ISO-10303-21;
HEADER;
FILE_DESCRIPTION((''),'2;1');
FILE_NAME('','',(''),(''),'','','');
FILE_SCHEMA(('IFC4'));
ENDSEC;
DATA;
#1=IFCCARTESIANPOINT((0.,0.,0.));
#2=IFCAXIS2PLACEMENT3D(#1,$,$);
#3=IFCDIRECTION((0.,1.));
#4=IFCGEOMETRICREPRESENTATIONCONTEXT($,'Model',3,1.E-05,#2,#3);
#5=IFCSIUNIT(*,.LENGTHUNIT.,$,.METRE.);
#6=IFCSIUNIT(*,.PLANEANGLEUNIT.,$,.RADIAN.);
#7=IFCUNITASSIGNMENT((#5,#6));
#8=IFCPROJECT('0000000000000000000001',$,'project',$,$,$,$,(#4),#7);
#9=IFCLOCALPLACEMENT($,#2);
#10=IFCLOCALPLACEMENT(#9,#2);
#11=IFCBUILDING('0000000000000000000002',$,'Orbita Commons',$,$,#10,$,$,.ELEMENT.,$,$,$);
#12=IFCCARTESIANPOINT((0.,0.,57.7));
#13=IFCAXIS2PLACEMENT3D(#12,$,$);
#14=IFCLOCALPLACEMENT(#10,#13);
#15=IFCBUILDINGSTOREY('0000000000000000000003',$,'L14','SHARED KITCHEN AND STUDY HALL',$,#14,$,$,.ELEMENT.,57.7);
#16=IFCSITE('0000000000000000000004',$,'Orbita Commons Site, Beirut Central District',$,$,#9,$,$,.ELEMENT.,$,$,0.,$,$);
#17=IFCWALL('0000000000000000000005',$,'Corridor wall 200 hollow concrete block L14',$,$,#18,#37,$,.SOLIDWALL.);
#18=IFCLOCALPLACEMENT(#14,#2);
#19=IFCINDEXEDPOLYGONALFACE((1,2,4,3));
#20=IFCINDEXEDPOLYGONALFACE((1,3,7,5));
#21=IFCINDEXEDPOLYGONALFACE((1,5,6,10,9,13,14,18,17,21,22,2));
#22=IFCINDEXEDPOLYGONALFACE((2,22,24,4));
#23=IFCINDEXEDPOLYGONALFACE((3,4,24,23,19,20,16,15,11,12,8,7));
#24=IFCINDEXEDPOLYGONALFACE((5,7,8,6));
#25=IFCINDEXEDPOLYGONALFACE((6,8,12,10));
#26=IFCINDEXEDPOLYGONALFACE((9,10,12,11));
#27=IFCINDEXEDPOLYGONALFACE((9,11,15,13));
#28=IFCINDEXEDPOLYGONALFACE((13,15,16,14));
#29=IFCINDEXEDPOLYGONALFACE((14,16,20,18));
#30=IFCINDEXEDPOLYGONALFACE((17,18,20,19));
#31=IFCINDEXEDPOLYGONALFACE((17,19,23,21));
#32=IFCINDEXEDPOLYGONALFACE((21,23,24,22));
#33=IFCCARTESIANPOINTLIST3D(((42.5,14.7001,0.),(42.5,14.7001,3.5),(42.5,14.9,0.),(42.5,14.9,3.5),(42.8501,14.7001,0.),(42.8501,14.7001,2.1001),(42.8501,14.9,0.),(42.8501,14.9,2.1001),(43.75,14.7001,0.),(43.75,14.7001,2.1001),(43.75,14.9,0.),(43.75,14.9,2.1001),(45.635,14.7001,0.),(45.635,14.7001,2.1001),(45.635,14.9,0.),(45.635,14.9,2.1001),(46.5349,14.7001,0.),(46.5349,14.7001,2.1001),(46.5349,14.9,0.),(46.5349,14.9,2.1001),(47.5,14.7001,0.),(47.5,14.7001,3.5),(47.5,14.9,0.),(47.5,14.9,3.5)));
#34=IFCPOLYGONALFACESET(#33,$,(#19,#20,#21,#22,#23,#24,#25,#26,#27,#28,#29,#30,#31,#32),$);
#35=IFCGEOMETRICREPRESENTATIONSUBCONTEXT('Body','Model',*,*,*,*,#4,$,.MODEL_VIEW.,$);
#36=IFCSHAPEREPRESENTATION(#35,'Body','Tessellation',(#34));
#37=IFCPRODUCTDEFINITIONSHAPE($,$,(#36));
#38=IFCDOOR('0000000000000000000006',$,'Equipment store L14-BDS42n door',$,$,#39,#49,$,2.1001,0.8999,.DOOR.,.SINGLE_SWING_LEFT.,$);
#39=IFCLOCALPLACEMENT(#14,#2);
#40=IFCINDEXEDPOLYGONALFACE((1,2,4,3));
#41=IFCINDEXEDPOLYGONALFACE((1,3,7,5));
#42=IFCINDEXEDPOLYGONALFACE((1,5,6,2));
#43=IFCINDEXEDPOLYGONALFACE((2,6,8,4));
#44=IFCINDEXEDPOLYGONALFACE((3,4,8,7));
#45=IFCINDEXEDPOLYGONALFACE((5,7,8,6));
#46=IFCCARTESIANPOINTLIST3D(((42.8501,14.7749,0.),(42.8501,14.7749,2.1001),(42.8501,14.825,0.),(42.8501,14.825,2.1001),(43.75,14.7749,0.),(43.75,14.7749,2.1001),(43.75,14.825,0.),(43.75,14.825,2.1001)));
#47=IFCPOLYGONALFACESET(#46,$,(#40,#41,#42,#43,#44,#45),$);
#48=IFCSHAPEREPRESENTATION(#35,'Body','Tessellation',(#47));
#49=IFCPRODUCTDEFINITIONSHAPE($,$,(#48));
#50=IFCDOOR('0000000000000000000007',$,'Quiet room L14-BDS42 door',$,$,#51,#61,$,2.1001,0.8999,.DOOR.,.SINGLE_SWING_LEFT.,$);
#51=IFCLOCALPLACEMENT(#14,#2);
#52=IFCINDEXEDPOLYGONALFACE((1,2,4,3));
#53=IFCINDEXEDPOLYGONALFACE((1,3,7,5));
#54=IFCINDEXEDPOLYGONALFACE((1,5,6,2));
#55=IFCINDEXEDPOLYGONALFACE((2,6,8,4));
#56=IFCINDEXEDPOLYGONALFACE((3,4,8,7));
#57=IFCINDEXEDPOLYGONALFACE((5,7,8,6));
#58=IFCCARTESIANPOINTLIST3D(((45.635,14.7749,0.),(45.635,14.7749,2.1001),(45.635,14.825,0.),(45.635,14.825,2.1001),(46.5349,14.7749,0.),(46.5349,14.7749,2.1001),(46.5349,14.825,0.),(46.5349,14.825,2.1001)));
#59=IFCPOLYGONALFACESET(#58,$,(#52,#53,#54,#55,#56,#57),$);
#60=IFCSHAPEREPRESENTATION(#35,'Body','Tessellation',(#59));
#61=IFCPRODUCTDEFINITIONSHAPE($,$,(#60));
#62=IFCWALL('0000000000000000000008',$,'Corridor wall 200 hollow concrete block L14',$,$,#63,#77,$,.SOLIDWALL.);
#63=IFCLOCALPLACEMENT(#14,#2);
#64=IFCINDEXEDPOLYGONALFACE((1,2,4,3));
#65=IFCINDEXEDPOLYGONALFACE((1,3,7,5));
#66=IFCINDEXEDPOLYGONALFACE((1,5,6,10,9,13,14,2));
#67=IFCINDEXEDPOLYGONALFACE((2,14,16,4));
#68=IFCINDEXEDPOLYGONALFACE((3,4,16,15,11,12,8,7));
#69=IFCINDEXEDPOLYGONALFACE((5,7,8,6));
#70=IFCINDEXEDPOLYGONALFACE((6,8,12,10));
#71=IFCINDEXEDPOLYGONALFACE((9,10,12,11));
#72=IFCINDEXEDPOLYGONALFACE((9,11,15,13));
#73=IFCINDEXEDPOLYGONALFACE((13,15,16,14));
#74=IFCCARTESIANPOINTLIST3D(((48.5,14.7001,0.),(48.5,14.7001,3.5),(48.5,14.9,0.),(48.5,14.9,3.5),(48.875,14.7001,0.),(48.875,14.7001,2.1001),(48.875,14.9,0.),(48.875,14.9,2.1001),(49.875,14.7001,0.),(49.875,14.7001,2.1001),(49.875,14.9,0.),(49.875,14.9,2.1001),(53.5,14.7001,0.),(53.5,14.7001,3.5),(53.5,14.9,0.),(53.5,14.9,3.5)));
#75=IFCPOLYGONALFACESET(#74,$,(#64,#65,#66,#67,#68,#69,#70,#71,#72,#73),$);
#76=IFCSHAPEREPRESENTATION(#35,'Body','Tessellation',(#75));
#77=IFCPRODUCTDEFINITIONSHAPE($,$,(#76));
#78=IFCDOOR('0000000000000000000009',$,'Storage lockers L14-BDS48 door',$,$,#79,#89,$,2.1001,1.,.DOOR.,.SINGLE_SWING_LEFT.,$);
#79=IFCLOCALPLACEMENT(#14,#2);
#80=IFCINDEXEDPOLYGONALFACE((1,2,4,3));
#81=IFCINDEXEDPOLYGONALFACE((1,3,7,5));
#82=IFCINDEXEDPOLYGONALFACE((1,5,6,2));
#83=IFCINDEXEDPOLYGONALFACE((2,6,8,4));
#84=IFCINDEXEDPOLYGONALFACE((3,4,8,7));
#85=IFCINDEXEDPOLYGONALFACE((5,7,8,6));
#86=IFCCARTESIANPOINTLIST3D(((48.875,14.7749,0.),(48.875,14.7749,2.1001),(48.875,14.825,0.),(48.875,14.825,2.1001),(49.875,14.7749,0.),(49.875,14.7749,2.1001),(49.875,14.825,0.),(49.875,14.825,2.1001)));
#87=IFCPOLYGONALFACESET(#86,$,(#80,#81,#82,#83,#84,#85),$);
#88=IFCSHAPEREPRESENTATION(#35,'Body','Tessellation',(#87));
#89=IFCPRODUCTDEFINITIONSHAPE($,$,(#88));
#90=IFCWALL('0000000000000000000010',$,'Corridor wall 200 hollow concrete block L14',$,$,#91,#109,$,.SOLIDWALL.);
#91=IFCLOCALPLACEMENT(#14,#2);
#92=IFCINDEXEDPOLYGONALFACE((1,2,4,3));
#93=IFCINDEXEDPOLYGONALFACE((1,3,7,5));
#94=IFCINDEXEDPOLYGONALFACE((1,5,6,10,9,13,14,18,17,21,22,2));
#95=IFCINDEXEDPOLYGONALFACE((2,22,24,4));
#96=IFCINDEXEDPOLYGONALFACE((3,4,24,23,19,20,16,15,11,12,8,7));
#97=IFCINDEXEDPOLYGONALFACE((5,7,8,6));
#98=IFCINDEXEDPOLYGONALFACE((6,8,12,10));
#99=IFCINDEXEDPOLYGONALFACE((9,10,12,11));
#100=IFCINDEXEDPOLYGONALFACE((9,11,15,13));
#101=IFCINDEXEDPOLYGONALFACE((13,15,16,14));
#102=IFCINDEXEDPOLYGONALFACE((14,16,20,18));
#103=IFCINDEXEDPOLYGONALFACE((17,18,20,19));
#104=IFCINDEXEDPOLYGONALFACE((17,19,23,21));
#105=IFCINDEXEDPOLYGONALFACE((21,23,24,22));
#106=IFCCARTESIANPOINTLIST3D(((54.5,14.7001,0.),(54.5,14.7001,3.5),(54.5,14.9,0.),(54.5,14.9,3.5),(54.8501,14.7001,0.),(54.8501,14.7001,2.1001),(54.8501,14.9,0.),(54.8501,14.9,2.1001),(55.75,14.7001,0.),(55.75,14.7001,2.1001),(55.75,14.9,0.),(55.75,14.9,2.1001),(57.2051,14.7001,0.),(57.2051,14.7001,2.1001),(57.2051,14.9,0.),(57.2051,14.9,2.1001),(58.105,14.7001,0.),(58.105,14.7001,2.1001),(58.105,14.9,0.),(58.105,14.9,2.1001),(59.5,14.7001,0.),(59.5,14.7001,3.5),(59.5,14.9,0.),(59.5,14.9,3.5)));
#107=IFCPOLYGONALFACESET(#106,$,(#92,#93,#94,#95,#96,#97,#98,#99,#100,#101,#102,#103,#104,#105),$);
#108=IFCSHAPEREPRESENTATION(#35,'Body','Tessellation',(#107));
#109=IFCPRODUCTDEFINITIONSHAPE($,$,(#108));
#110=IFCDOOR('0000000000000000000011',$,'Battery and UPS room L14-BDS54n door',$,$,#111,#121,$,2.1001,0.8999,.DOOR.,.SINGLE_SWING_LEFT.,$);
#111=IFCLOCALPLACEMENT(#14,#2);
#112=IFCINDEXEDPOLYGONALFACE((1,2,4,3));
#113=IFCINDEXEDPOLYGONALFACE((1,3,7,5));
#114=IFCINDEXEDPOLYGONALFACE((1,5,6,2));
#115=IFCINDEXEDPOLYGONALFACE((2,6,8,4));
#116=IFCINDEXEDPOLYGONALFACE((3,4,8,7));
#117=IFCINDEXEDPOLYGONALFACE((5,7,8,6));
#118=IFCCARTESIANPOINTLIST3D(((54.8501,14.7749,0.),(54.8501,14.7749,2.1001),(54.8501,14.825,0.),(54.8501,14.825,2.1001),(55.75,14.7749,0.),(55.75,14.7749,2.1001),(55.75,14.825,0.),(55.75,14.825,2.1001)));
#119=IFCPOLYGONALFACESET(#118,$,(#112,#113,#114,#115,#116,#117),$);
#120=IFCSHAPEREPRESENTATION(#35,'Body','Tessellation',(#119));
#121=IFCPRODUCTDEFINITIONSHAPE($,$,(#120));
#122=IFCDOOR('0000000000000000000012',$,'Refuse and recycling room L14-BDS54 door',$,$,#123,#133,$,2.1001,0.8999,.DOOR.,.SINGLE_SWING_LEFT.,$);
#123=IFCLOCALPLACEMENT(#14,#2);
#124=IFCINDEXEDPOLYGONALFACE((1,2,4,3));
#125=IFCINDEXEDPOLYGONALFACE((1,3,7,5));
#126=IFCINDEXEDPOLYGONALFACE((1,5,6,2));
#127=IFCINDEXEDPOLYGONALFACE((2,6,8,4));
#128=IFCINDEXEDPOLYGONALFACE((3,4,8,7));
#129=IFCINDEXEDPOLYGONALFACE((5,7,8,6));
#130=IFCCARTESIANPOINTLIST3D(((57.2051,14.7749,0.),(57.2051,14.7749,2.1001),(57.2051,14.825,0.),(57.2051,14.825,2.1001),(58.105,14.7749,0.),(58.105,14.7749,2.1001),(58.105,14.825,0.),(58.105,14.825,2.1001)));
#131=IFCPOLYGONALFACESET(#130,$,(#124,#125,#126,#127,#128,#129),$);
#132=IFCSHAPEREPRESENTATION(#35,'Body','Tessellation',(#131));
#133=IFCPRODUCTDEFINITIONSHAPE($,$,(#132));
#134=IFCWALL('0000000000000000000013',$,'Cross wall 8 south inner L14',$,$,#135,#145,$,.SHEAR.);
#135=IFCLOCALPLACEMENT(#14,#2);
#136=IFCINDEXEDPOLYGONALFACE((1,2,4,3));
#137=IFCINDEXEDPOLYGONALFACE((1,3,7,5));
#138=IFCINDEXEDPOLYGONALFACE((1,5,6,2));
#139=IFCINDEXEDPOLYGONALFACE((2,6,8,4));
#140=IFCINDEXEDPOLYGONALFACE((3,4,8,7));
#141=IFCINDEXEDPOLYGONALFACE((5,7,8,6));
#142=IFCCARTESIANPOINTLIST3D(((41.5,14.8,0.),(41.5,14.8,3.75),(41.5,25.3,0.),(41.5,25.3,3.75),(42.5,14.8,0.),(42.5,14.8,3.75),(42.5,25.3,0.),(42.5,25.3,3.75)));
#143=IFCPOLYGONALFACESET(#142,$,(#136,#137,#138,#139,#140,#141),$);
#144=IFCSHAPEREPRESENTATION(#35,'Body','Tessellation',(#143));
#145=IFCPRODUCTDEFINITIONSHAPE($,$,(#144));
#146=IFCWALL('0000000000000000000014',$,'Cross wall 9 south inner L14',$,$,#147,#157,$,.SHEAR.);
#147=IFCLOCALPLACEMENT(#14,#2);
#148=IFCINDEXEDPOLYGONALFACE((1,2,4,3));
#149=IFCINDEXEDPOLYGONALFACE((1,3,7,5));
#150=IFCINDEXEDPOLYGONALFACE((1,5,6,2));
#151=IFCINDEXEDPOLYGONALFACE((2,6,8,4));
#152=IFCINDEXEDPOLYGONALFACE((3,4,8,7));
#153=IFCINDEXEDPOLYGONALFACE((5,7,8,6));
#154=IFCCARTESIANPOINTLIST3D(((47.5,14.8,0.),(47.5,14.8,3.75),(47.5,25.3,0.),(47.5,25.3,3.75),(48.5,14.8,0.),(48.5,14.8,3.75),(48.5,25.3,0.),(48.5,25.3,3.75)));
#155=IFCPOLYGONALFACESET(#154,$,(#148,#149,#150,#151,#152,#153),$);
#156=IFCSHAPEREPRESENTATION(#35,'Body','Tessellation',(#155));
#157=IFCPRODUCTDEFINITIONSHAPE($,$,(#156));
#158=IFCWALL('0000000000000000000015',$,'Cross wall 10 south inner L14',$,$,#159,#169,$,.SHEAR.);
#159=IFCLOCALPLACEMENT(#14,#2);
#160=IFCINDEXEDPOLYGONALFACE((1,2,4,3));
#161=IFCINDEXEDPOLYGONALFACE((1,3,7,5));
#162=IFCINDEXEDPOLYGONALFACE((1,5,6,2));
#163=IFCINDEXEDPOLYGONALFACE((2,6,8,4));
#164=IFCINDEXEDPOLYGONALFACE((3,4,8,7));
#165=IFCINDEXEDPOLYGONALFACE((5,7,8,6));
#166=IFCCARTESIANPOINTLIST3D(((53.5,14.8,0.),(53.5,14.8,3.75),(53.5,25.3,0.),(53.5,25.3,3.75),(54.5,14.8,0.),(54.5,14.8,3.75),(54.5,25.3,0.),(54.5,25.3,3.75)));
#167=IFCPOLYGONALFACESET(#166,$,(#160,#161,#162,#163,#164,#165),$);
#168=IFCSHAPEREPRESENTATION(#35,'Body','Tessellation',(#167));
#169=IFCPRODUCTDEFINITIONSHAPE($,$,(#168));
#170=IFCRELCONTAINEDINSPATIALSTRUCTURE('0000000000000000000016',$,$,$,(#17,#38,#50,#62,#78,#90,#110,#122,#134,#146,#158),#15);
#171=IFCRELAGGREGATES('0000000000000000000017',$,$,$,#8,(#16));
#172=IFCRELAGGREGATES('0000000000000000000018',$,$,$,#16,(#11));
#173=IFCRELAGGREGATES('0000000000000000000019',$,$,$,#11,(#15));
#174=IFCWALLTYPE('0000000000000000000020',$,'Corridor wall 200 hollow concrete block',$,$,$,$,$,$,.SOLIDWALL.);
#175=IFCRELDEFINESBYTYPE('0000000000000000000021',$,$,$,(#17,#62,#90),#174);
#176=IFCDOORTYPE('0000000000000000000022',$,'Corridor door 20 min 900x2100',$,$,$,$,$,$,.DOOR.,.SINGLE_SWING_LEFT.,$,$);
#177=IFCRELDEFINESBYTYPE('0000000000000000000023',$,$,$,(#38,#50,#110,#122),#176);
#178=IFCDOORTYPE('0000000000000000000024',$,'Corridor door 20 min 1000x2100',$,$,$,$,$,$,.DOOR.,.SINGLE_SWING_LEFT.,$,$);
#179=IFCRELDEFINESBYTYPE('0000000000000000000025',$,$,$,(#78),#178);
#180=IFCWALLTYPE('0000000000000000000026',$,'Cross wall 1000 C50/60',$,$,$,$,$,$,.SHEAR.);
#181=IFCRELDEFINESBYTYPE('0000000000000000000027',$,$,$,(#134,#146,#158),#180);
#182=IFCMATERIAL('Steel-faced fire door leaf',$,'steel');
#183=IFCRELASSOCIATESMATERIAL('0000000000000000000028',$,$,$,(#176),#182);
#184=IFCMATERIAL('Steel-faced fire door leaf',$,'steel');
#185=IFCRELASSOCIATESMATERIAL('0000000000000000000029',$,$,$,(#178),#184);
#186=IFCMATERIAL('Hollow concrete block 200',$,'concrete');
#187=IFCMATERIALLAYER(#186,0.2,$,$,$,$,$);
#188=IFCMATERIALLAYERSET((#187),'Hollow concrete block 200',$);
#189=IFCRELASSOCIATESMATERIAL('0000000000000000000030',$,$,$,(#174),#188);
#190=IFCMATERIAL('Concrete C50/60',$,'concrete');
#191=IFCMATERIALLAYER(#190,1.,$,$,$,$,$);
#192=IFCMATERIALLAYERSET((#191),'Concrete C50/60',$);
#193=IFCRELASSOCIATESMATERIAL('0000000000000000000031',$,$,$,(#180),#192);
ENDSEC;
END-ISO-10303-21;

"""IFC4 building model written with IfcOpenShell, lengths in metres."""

from ifc_helpers import new_model, si_unit, direction, frame, frame_2d, origin, place, context, subcontext, project, spatial, rectangle, extrude, material, layer, layer_set, type_object, element, fill, save


model = new_model("IFC4")

# Units and contexts
model_context = context("Model", 3, precision=1e-05, world=origin(), true_north=direction((0.0, 1.0)))
body_context = subcontext(model_context, "Body", "Model", "MODEL_VIEW")
ifc_project = project(units=[si_unit("LENGTHUNIT", "METRE"), si_unit("PLANEANGLEUNIT", "RADIAN")], contexts=[model_context])

# Site, building, storey
site_placement = place(None, origin())
site = spatial("IfcSite", under=ifc_project, at=site_placement, Name="Orbita Commons Site, Beirut Central District", CompositionType="ELEMENT", RefElevation=0.0)
building_placement = place(site_placement, origin())
building = spatial("IfcBuilding", under=site, at=building_placement, Name="Orbita Commons", CompositionType="ELEMENT")
storey_placement = place(building_placement, frame((0.0, 0.0, 57.7)))
storey = spatial("IfcBuildingStorey", under=building, at=storey_placement, Name="L14", Description="SHARED KITCHEN AND STUDY HALL", CompositionType="ELEMENT", Elevation=57.7)

# Shared definitions
ifc_material_1 = material(Name="Steel-faced fire door leaf", Category="steel")
door_type_1 = type_object("IfcDoorType", Name="Corridor door 20 min 900x2100", OperationType="SINGLE_SWING_LEFT", PredefinedType="DOOR", material=ifc_material_1)

# Shared definitions
ifc_material_2 = material(Name="Steel-faced fire door leaf", Category="steel")
door_type_2 = type_object("IfcDoorType", Name="Corridor door 20 min 1000x2100", OperationType="SINGLE_SWING_LEFT", PredefinedType="DOOR", material=ifc_material_2)

# Wall, openings, doors
ifc_material_3 = material(Name="Hollow concrete block 200", Category="concrete")
ifc_layer_1 = layer(ifc_material_3, 0.2)
ifc_layer_set_1 = layer_set([ifc_layer_1], Name="Hollow concrete block 200")
wall_type_1 = type_object("IfcWallType", Name="Corridor wall 200 hollow concrete block", PredefinedType="SOLIDWALL", material=ifc_layer_set_1)
wall_1_placement = place(storey_placement, frame((42.5, 14.8, 0.0), z_axis=(0.0, 0.0, 1.0), x_axis=(1.0, 0.0, 0.0)))
wall_1 = element("IfcWall", 1, at=wall_1_placement, inside=storey, type_object=wall_type_1, Name="Corridor wall 200 hollow concrete block L14", PredefinedType="SOLIDWALL", context=body_context, shape_type="SweptSolid", body=[
    extrude(rectangle(XDim=5.0, YDim=0.2, at=frame_2d((2.5, 0.0))), origin(), (0.0, 0.0, 1.0), 3.5),
])
opening_1_placement = place(wall_1_placement, frame((0.3501, 0.0, 0.0)))
opening_1 = element("IfcOpeningElement", 2, at=opening_1_placement, cuts=wall_1, PredefinedType="OPENING", context=body_context, shape_type="SweptSolid", body=[
    extrude(rectangle(XDim=0.8999, YDim=2.1001, at=frame_2d((0.45, 1.05))), frame((0.0, 0.1099, 0.0), z_axis=(0.0, -1.0, 0.0), x_axis=(1.0, 0.0, 0.0)), (0.0, 0.0, 1.0), 0.22),
])
opening_2_placement = place(wall_1_placement, frame((3.135, 0.0, 0.0)))
opening_2 = element("IfcOpeningElement", 3, at=opening_2_placement, cuts=wall_1, PredefinedType="OPENING", context=body_context, shape_type="SweptSolid", body=[
    extrude(rectangle(XDim=0.8999, YDim=2.1001, at=frame_2d((0.45, 1.05))), frame((0.0, 0.1099, 0.0), z_axis=(0.0, -1.0, 0.0), x_axis=(1.0, 0.0, 0.0)), (0.0, 0.0, 1.0), 0.22),
])
door_1_placement = place(opening_1_placement, origin())
door_1 = element("IfcDoor", 4, at=door_1_placement, inside=storey, type_object=door_type_1, Name="Equipment store L14-BDS42n door", OperationType="SINGLE_SWING_LEFT", OverallHeight=2.1001, OverallWidth=0.8999, PredefinedType="DOOR", context=body_context, shape_type="SweptSolid", body=[
    extrude(rectangle(XDim=0.8999, YDim=2.1001, at=frame_2d((0.45, 1.05))), frame((0.0, 0.0249, 0.0), z_axis=(0.0, -1.0, 0.0), x_axis=(1.0, 0.0, 0.0)), (0.0, 0.0, 1.0), 0.05),
])
fill(opening_1, door_1)
door_2_placement = place(opening_2_placement, origin())
door_2 = element("IfcDoor", 5, at=door_2_placement, inside=storey, type_object=door_type_1, Name="Quiet room L14-BDS42 door", OperationType="SINGLE_SWING_LEFT", OverallHeight=2.1001, OverallWidth=0.8999, PredefinedType="DOOR", context=body_context, shape_type="SweptSolid", body=[
    extrude(rectangle(XDim=0.8999, YDim=2.1001, at=frame_2d((0.45, 1.05))), frame((0.0, 0.0249, 0.0), z_axis=(0.0, -1.0, 0.0), x_axis=(1.0, 0.0, 0.0)), (0.0, 0.0, 1.0), 0.05),
])
fill(opening_2, door_2)

# Wall, opening, door
wall_2_placement = place(storey_placement, frame((48.5, 14.8, 0.0), z_axis=(0.0, 0.0, 1.0), x_axis=(1.0, 0.0, 0.0)))
wall_2 = element("IfcWall", 6, at=wall_2_placement, inside=storey, type_object=wall_type_1, Name="Corridor wall 200 hollow concrete block L14", PredefinedType="SOLIDWALL", context=body_context, shape_type="SweptSolid", body=[
    extrude(rectangle(XDim=5.0, YDim=0.2, at=frame_2d((2.5, 0.0))), origin(), (0.0, 0.0, 1.0), 3.5),
])
opening_3_placement = place(wall_2_placement, frame((0.375, 0.0, 0.0)))
opening_3 = element("IfcOpeningElement", 7, at=opening_3_placement, cuts=wall_2, PredefinedType="OPENING", context=body_context, shape_type="SweptSolid", body=[
    extrude(rectangle(XDim=1.0, YDim=2.1001, at=frame_2d((0.5, 1.05))), frame((0.0, 0.1099, 0.0), z_axis=(0.0, -1.0, 0.0), x_axis=(1.0, 0.0, 0.0)), (0.0, 0.0, 1.0), 0.22),
])
door_3_placement = place(opening_3_placement, origin())
door_3 = element("IfcDoor", 8, at=door_3_placement, inside=storey, type_object=door_type_2, Name="Storage lockers L14-BDS48 door", OperationType="SINGLE_SWING_LEFT", OverallHeight=2.1001, OverallWidth=1.0, PredefinedType="DOOR", context=body_context, shape_type="SweptSolid", body=[
    extrude(rectangle(XDim=1.0, YDim=2.1001, at=frame_2d((0.5, 1.05))), frame((0.0, 0.0249, 0.0), z_axis=(0.0, -1.0, 0.0), x_axis=(1.0, 0.0, 0.0)), (0.0, 0.0, 1.0), 0.05),
])
fill(opening_3, door_3)

# Wall, openings, doors
wall_3_placement = place(storey_placement, frame((54.5, 14.8, 0.0), z_axis=(0.0, 0.0, 1.0), x_axis=(1.0, 0.0, 0.0)))
wall_3 = element("IfcWall", 9, at=wall_3_placement, inside=storey, type_object=wall_type_1, Name="Corridor wall 200 hollow concrete block L14", PredefinedType="SOLIDWALL", context=body_context, shape_type="SweptSolid", body=[
    extrude(rectangle(XDim=5.0, YDim=0.2, at=frame_2d((2.5, 0.0))), origin(), (0.0, 0.0, 1.0), 3.5),
])
opening_4_placement = place(wall_3_placement, frame((0.3501, 0.0, 0.0)))
opening_4 = element("IfcOpeningElement", 10, at=opening_4_placement, cuts=wall_3, PredefinedType="OPENING", context=body_context, shape_type="SweptSolid", body=[
    extrude(rectangle(XDim=0.8999, YDim=2.1001, at=frame_2d((0.45, 1.05))), frame((0.0, 0.1099, 0.0), z_axis=(0.0, -1.0, 0.0), x_axis=(1.0, 0.0, 0.0)), (0.0, 0.0, 1.0), 0.22),
])
opening_5_placement = place(wall_3_placement, frame((2.7051, 0.0, 0.0)))
opening_5 = element("IfcOpeningElement", 11, at=opening_5_placement, cuts=wall_3, PredefinedType="OPENING", context=body_context, shape_type="SweptSolid", body=[
    extrude(rectangle(XDim=0.8999, YDim=2.1001, at=frame_2d((0.45, 1.05))), frame((0.0, 0.1099, 0.0), z_axis=(0.0, -1.0, 0.0), x_axis=(1.0, 0.0, 0.0)), (0.0, 0.0, 1.0), 0.22),
])
door_4_placement = place(opening_4_placement, origin())
door_4 = element("IfcDoor", 12, at=door_4_placement, inside=storey, type_object=door_type_1, Name="Battery and UPS room L14-BDS54n door", OperationType="SINGLE_SWING_LEFT", OverallHeight=2.1001, OverallWidth=0.8999, PredefinedType="DOOR", context=body_context, shape_type="SweptSolid", body=[
    extrude(rectangle(XDim=0.8999, YDim=2.1001, at=frame_2d((0.45, 1.05))), frame((0.0, 0.0249, 0.0), z_axis=(0.0, -1.0, 0.0), x_axis=(1.0, 0.0, 0.0)), (0.0, 0.0, 1.0), 0.05),
])
fill(opening_4, door_4)
door_5_placement = place(opening_5_placement, origin())
door_5 = element("IfcDoor", 13, at=door_5_placement, inside=storey, type_object=door_type_1, Name="Refuse and recycling room L14-BDS54 door", OperationType="SINGLE_SWING_LEFT", OverallHeight=2.1001, OverallWidth=0.8999, PredefinedType="DOOR", context=body_context, shape_type="SweptSolid", body=[
    extrude(rectangle(XDim=0.8999, YDim=2.1001, at=frame_2d((0.45, 1.05))), frame((0.0, 0.0249, 0.0), z_axis=(0.0, -1.0, 0.0), x_axis=(1.0, 0.0, 0.0)), (0.0, 0.0, 1.0), 0.05),
])
fill(opening_5, door_5)

# Walls
ifc_material_4 = material(Name="Concrete C50/60", Category="concrete")
ifc_layer_2 = layer(ifc_material_4, 1.0)
ifc_layer_set_2 = layer_set([ifc_layer_2], Name="Concrete C50/60")
wall_type_2 = type_object("IfcWallType", Name="Cross wall 1000 C50/60", PredefinedType="SHEAR", material=ifc_layer_set_2)
for number, where, z_axis, x_axis, name in (
    (14, (42.0, 14.8, 0.0), (0.0, 0.0, 1.0), (0.0, 1.0, 0.0), "Cross wall 8 south inner L14"),
    (15, (48.0, 14.8, 0.0), (0.0, 0.0, 1.0), (0.0, 1.0, 0.0), "Cross wall 9 south inner L14"),
    (16, (54.0, 14.8, 0.0), (0.0, 0.0, 1.0), (0.0, 1.0, 0.0), "Cross wall 10 south inner L14"),
):
    element("IfcWall", number, at=place(storey_placement, frame(where, z_axis=z_axis, x_axis=x_axis)), inside=storey, type_object=wall_type_2, Name=name, PredefinedType="SHEAR", context=body_context, shape_type="SweptSolid", body=[
        extrude(rectangle(XDim=10.5, YDim=1.0, at=frame_2d((5.25, 0.0))), origin(), (0.0, 0.0, 1.0), 3.75),
    ])

save(model, "model.ifc")
